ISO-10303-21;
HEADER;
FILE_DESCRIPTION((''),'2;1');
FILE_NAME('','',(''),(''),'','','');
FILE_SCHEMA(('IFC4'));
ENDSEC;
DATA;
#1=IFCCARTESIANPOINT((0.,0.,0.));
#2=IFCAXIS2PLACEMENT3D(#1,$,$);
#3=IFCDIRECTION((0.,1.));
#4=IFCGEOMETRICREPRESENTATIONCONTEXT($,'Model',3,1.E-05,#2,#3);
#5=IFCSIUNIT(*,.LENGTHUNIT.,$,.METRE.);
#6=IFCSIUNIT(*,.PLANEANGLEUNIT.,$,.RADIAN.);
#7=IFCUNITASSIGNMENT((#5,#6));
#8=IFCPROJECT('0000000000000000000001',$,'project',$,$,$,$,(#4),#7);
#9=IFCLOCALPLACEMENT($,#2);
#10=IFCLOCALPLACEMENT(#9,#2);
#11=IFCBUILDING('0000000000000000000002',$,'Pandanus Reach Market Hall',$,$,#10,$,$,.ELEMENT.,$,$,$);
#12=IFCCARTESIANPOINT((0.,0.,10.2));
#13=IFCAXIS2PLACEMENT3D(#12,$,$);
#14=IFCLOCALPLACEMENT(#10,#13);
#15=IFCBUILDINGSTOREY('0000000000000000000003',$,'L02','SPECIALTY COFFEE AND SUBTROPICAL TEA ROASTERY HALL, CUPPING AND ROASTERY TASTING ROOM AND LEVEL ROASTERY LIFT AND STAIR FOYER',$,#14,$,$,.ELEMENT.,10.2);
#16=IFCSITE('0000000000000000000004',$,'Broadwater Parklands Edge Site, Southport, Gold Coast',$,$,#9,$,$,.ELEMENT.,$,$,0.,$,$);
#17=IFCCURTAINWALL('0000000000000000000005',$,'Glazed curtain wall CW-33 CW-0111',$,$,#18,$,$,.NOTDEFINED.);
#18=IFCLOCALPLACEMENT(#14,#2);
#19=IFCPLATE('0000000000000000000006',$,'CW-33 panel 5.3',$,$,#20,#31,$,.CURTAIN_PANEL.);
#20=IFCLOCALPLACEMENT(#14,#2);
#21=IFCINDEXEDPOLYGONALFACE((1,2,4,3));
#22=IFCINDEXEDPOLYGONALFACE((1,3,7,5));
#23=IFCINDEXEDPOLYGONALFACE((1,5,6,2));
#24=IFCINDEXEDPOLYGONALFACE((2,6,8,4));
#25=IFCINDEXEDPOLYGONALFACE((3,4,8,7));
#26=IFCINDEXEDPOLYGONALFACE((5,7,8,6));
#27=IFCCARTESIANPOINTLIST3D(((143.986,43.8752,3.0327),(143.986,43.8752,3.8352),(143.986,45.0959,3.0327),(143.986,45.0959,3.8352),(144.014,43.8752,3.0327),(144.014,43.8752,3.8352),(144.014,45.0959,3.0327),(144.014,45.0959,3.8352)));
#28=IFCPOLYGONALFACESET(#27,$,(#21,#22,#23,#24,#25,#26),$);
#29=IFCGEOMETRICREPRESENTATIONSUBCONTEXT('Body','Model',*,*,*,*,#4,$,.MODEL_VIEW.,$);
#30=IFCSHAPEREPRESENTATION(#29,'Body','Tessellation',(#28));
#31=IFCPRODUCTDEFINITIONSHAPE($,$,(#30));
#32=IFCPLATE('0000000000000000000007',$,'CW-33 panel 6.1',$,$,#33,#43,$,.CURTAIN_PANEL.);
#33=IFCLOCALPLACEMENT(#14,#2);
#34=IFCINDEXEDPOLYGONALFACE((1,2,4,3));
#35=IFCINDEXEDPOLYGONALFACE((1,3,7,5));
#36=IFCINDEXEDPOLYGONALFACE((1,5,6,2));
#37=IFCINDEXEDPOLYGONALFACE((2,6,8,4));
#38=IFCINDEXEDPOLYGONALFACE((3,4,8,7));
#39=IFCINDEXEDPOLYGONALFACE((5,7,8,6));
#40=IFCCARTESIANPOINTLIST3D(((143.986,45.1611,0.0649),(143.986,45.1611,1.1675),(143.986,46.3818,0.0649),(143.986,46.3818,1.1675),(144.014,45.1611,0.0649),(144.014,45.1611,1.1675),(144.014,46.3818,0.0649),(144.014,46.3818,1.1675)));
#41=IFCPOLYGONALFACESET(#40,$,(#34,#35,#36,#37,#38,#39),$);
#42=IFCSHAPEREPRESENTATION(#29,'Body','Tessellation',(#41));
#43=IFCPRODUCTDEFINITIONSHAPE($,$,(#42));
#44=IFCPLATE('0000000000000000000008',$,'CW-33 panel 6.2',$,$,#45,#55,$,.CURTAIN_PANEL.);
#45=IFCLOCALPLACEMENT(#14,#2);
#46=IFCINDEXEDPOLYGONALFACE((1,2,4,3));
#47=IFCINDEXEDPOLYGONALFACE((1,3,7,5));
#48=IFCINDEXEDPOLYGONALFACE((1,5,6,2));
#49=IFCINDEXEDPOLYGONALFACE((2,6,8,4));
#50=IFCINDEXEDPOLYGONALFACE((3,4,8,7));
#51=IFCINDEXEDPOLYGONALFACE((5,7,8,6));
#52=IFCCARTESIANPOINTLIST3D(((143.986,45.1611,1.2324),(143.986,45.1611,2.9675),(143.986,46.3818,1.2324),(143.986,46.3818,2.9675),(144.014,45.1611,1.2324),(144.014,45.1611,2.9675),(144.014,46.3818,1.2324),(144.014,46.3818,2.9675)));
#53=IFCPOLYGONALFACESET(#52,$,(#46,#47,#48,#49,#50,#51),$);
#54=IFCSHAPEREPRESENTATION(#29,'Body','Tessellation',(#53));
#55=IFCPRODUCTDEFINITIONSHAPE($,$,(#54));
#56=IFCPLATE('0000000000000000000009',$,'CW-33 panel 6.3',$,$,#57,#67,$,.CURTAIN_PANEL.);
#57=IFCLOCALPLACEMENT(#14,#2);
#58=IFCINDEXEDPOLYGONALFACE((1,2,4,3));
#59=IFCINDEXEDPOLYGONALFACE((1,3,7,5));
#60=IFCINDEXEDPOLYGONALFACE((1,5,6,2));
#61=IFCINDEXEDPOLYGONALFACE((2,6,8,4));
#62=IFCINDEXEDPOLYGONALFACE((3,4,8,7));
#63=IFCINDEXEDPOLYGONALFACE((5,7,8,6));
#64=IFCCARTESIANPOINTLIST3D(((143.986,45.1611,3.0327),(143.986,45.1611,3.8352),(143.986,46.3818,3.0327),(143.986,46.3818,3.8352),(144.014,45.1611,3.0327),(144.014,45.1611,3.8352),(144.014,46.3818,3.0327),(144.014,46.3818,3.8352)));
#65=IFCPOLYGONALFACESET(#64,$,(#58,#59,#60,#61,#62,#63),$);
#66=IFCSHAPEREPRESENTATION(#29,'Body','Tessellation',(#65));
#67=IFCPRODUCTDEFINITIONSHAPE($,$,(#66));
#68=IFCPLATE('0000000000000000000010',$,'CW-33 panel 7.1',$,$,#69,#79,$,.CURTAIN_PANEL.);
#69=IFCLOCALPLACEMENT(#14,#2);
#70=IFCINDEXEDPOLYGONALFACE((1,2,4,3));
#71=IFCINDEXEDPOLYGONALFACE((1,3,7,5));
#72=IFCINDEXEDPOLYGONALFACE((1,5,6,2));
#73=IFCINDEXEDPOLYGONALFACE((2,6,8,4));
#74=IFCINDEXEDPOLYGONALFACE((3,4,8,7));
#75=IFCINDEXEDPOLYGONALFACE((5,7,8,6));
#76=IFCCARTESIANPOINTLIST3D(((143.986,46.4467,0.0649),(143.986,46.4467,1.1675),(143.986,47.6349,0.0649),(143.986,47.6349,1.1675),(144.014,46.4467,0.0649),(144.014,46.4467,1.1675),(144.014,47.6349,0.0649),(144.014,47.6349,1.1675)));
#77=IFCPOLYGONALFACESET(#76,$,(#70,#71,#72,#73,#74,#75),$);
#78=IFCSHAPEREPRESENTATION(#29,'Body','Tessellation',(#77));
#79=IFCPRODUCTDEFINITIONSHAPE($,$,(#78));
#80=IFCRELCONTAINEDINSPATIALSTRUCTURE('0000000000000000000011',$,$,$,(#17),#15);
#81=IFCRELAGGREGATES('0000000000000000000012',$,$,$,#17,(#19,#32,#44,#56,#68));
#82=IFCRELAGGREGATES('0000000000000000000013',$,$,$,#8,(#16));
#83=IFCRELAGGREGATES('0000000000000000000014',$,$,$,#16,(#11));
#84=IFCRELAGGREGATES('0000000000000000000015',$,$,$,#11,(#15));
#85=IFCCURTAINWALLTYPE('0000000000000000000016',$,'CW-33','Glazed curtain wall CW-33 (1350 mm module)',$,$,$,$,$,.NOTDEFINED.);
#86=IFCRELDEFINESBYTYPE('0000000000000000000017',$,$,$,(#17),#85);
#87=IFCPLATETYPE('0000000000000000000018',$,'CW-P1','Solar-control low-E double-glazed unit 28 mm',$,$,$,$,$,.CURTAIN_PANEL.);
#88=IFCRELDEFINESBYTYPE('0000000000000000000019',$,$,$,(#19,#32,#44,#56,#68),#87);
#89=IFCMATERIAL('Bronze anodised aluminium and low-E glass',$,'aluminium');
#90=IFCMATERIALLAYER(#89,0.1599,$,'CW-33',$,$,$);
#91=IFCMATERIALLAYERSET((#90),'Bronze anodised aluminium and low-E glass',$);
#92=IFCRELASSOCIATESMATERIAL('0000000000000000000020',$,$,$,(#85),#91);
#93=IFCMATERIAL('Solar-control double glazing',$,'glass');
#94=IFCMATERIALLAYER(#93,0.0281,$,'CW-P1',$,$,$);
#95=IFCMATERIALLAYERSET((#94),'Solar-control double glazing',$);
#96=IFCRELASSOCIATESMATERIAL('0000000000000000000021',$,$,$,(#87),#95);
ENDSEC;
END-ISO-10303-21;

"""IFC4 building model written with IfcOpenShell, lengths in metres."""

from ifc_helpers import new_model, si_unit, direction, frame, origin, origin_2d, place, context, subcontext, project, spatial, rectangle, extrude, material, layer, layer_set, type_object, element, aggregate, save


model = new_model("IFC4")

# Units and contexts
model_context = context("Model", 3, precision=1e-05, world=origin(), true_north=direction((0.0, 1.0)))
body_context = subcontext(model_context, "Body", "Model", "MODEL_VIEW")
ifc_project = project(units=[si_unit("LENGTHUNIT", "METRE"), si_unit("PLANEANGLEUNIT", "RADIAN")], contexts=[model_context])

# Site, building, storey
site_placement = place(None, origin())
site = spatial("IfcSite", under=ifc_project, at=site_placement, Name="Broadwater Parklands Edge Site, Southport, Gold Coast", CompositionType="ELEMENT", RefElevation=0.0)
building_placement = place(site_placement, origin())
building = spatial("IfcBuilding", under=site, at=building_placement, Name="Pandanus Reach Market Hall", CompositionType="ELEMENT")
storey_placement = place(building_placement, frame((0.0, 0.0, 10.2)))
storey = spatial("IfcBuildingStorey", under=building, at=storey_placement, Name="L02", Description="SPECIALTY COFFEE AND SUBTROPICAL TEA ROASTERY HALL, CUPPING AND ROASTERY TASTING ROOM AND LEVEL ROASTERY LIFT AND STAIR FOYER", CompositionType="ELEMENT", Elevation=10.2)

# Curtain wall, plates
ifc_material_1 = material(Name="Bronze anodised aluminium and low-E glass", Category="aluminium")
ifc_layer_1 = layer(ifc_material_1, 0.1599, Name="CW-33")
ifc_layer_set_1 = layer_set([ifc_layer_1], Name="Bronze anodised aluminium and low-E glass")
curtain_wall_type = type_object("IfcCurtainWallType", Name="CW-33", Description="Glazed curtain wall CW-33 (1350 mm module)", PredefinedType="NOTDEFINED", material=ifc_layer_set_1)
curtain_wall_placement = place(storey_placement, origin())
curtain_wall = element("IfcCurtainWall", 1, at=curtain_wall_placement, inside=storey, type_object=curtain_wall_type, Name="Glazed curtain wall CW-33 CW-0111", PredefinedType="NOTDEFINED")
ifc_material_2 = material(Name="Solar-control double glazing", Category="glass")
ifc_layer_2 = layer(ifc_material_2, 0.0281, Name="CW-P1")
ifc_layer_set_2 = layer_set([ifc_layer_2], Name="Solar-control double glazing")
plate_type = type_object("IfcPlateType", Name="CW-P1", Description="Solar-control low-E double-glazed unit 28 mm", PredefinedType="CURTAIN_PANEL", material=ifc_layer_set_2)
plate_1_placement = place(storey_placement, frame((144.0, 44.4856, 3.0327), z_axis=(0.0, 0.0, 1.0), x_axis=(0.0, 1.0, 0.0)))
plate_1 = element("IfcPlate", 2, at=plate_1_placement, type_object=plate_type, Name="CW-33 panel 5.3", PredefinedType="CURTAIN_PANEL", context=body_context, shape_type="SweptSolid", body=[
    extrude(rectangle(XDim=1.2207, YDim=0.0281, at=origin_2d()), origin(), (0.0, 0.0, 1.0), 0.8025),
])
plate_2_placement = place(storey_placement, frame((144.0, 45.7715, 0.0649), z_axis=(0.0, 0.0, 1.0), x_axis=(0.0, 1.0, 0.0)))
plate_2 = element("IfcPlate", 3, at=plate_2_placement, type_object=plate_type, Name="CW-33 panel 6.1", PredefinedType="CURTAIN_PANEL", context=body_context, shape_type="SweptSolid", body=[
    extrude(rectangle(XDim=1.2207, YDim=0.0281, at=origin_2d()), origin(), (0.0, 0.0, 1.0), 1.1025),
])
plate_3_placement = place(storey_placement, frame((144.0, 45.7715, 1.2324), z_axis=(0.0, 0.0, 1.0), x_axis=(0.0, 1.0, 0.0)))
plate_3 = element("IfcPlate", 4, at=plate_3_placement, type_object=plate_type, Name="CW-33 panel 6.2", PredefinedType="CURTAIN_PANEL", context=body_context, shape_type="SweptSolid", body=[
    extrude(rectangle(XDim=1.2207, YDim=0.0281, at=origin_2d()), origin(), (0.0, 0.0, 1.0), 1.7351),
])
plate_4_placement = place(storey_placement, frame((144.0, 45.7715, 3.0327), z_axis=(0.0, 0.0, 1.0), x_axis=(0.0, 1.0, 0.0)))
plate_4 = element("IfcPlate", 5, at=plate_4_placement, type_object=plate_type, Name="CW-33 panel 6.3", PredefinedType="CURTAIN_PANEL", context=body_context, shape_type="SweptSolid", body=[
    extrude(rectangle(XDim=1.2207, YDim=0.0281, at=origin_2d()), origin(), (0.0, 0.0, 1.0), 0.8025),
])
plate_5_placement = place(storey_placement, frame((144.0, 47.0408, 0.0649), z_axis=(0.0, 0.0, 1.0), x_axis=(0.0, 1.0, 0.0)))
plate_5 = element("IfcPlate", 6, at=plate_5_placement, type_object=plate_type, Name="CW-33 panel 7.1", PredefinedType="CURTAIN_PANEL", context=body_context, shape_type="SweptSolid", body=[
    extrude(rectangle(XDim=1.1882, YDim=0.0281, at=origin_2d()), origin(), (0.0, 0.0, 1.0), 1.1025),
])
aggregate(curtain_wall, [plate_1, plate_2, plate_3, plate_4, plate_5])

save(model, "model.ifc")
